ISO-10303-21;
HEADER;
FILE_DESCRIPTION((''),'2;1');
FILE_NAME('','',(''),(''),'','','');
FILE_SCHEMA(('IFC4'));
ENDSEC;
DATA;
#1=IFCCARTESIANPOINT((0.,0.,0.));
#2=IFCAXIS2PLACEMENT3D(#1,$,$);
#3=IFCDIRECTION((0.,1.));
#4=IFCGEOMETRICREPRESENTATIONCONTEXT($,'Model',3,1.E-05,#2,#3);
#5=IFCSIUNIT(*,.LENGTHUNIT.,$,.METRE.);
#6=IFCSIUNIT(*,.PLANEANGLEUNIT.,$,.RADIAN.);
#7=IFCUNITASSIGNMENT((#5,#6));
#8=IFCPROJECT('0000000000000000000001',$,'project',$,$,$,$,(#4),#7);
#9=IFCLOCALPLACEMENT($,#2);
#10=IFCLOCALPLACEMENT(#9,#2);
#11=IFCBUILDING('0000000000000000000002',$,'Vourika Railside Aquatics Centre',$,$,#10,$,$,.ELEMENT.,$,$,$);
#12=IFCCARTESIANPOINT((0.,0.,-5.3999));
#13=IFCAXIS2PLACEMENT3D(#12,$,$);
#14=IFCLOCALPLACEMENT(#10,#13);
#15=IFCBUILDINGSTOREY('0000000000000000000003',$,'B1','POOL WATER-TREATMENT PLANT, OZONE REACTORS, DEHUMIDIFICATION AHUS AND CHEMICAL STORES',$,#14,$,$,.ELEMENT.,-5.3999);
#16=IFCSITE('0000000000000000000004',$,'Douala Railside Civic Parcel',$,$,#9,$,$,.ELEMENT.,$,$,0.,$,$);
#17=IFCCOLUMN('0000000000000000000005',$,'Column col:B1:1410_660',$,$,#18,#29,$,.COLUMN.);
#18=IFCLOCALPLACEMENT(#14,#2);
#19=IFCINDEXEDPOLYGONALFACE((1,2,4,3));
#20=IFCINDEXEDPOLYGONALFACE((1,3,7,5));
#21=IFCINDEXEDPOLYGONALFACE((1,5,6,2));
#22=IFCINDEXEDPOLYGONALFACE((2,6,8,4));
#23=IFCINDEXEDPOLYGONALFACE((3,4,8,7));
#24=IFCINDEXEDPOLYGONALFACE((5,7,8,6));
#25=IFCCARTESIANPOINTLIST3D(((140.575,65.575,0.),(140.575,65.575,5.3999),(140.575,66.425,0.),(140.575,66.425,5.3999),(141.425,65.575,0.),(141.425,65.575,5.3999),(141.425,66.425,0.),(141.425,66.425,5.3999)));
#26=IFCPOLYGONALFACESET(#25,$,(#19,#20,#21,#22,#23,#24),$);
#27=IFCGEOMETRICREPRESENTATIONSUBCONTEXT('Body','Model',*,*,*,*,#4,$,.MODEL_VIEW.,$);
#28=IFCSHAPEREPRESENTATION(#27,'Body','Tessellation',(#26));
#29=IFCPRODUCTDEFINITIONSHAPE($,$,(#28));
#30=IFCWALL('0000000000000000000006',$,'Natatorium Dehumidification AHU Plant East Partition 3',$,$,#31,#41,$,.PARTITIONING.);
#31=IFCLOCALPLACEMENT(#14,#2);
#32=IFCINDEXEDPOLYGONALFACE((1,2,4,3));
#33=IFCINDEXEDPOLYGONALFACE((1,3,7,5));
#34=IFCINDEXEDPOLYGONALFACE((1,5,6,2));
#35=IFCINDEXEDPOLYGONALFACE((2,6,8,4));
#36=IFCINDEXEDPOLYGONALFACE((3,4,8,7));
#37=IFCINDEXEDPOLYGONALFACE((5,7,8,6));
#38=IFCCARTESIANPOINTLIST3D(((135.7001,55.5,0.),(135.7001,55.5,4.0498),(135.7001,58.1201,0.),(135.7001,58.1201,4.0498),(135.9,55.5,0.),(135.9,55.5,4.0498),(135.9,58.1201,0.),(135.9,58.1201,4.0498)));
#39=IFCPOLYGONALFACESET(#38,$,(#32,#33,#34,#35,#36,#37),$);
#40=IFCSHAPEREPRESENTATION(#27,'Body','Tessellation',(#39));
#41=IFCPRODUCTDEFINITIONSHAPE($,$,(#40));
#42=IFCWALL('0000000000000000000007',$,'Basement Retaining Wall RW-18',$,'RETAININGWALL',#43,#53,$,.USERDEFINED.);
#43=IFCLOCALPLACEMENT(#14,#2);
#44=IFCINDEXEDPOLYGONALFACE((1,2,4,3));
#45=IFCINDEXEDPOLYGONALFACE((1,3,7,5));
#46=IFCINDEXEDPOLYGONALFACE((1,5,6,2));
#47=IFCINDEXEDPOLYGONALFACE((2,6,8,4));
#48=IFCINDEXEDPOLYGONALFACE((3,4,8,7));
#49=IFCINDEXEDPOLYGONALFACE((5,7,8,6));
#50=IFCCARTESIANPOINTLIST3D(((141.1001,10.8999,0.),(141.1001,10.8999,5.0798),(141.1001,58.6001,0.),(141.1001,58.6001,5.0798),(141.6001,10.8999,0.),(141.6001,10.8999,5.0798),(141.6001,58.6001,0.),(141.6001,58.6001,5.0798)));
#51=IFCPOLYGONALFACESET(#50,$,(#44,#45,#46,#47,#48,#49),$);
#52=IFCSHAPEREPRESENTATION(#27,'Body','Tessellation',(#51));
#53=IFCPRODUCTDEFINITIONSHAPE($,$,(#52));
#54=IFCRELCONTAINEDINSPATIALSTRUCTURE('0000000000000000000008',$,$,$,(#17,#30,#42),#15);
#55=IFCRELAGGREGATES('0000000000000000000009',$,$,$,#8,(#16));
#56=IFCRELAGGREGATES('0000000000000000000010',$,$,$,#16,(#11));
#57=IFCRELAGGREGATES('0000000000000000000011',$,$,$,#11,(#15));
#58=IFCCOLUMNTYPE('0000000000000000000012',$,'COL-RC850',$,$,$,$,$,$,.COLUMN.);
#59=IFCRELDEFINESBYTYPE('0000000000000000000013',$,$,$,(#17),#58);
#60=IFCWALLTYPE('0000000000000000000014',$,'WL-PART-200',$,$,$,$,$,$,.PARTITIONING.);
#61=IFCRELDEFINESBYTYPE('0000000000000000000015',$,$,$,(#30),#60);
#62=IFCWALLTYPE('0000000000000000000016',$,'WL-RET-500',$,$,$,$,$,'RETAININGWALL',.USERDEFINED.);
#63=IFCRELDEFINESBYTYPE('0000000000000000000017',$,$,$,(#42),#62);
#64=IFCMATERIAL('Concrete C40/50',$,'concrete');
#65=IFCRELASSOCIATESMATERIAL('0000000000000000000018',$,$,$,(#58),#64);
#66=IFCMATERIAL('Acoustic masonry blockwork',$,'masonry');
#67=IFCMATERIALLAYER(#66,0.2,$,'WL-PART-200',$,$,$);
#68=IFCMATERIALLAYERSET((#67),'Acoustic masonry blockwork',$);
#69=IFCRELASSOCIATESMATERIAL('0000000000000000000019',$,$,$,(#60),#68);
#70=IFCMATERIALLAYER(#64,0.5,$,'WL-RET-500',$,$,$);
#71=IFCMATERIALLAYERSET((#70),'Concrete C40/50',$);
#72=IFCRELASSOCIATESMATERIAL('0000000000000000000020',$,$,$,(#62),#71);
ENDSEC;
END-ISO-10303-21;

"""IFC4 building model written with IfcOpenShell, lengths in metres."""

from ifc_helpers import new_model, si_unit, direction, frame, frame_2d, origin, origin_2d, place, context, subcontext, project, spatial, rectangle, extrude, material, layer, layer_set, material_profile, profile_set, type_object, element, save


model = new_model("IFC4")

# Units and contexts
model_context = context("Model", 3, precision=1e-05, world=origin(), true_north=direction((0.0, 1.0)))
body_context = subcontext(model_context, "Body", "Model", "MODEL_VIEW")
ifc_project = project(units=[si_unit("LENGTHUNIT", "METRE"), si_unit("PLANEANGLEUNIT", "RADIAN")], contexts=[model_context])

# Site, building, storey
site_placement = place(None, origin())
site = spatial("IfcSite", under=ifc_project, at=site_placement, Name="Douala Railside Civic Parcel", CompositionType="ELEMENT", RefElevation=0.0)
building_placement = place(site_placement, origin())
building = spatial("IfcBuilding", under=site, at=building_placement, Name="Vourika Railside Aquatics Centre", CompositionType="ELEMENT")
storey_placement = place(building_placement, frame((0.0, 0.0, -5.3999)))
storey = spatial("IfcBuildingStorey", under=building, at=storey_placement, Name="B1", Description="POOL WATER-TREATMENT PLANT, OZONE REACTORS, DEHUMIDIFICATION AHUS AND CHEMICAL STORES", CompositionType="ELEMENT", Elevation=-5.3999)

# Shared definitions
ifc_material_1 = material(Name="Concrete C40/50", Category="concrete")

# Column
ifc_material_profile_1 = material_profile(ifc_material_1, rectangle(XDim=0.8501, YDim=0.8501, at=origin_2d()), Name="RC 850x850")
ifc_profile_set_1 = profile_set([ifc_material_profile_1], Name="Concrete C40/50")
column_type_1 = type_object("IfcColumnType", Name="COL-RC850", PredefinedType="COLUMN", material=ifc_profile_set_1)
for number, where, z_axis, x_axis, name in (
    (1, (141.0, 66.0, 0.0), (0.0, 0.0, 1.0), (1.0, 0.0, 0.0), "Column col:B1:1410_660"),
):
    element("IfcColumn", number, at=place(storey_placement, frame(where, z_axis=z_axis, x_axis=x_axis)), inside=storey, type_object=column_type_1, Name=name, PredefinedType="COLUMN", context=body_context, shape_type="SweptSolid", body=[
        extrude(rectangle(XDim=0.8501, YDim=0.8501, at=origin_2d()), origin(), (0.0, 0.0, 1.0), 5.3999),
    ])

# Walls
ifc_material_2 = material(Name="Acoustic masonry blockwork", Category="masonry")
ifc_layer_1 = layer(ifc_material_2, 0.2, Name="WL-PART-200")
ifc_layer_set_1 = layer_set([ifc_layer_1], Name="Acoustic masonry blockwork")
wall_type_1 = type_object("IfcWallType", Name="WL-PART-200", PredefinedType="PARTITIONING", material=ifc_layer_set_1)
wall_1_placement = place(storey_placement, frame((135.8, 58.1201, 0.0), z_axis=(0.0, 0.0, 1.0), x_axis=(0.0, -1.0, 0.0)))
element("IfcWall", 2, at=wall_1_placement, inside=storey, type_object=wall_type_1, Name="Natatorium Dehumidification AHU Plant East Partition 3", PredefinedType="PARTITIONING", context=body_context, shape_type="SweptSolid", body=[
    extrude(rectangle(XDim=2.6201, YDim=0.2, at=frame_2d((1.3101, 0.0))), origin(), (0.0, 0.0, 1.0), 4.0498),
])
ifc_layer_2 = layer(ifc_material_1, 0.5, Name="WL-RET-500")
ifc_layer_set_2 = layer_set([ifc_layer_2], Name="Concrete C40/50")
wall_type_2 = type_object("IfcWallType", Name="WL-RET-500", ElementType="RETAININGWALL", PredefinedType="USERDEFINED", material=ifc_layer_set_2)
wall_2_placement = place(storey_placement, frame((141.3501, 58.6001, 0.0), z_axis=(0.0, 0.0, 1.0), x_axis=(0.0, -1.0, 0.0)))
element("IfcWall", 3, at=wall_2_placement, inside=storey, type_object=wall_type_2, Name="Basement Retaining Wall RW-18", ObjectType="RETAININGWALL", PredefinedType="USERDEFINED", context=body_context, shape_type="SweptSolid", body=[
    extrude(rectangle(XDim=47.7002, YDim=0.5, at=frame_2d((23.8501, 0.0))), origin(), (0.0, 0.0, 1.0), 5.0798),
])

save(model, "model.ifc")
